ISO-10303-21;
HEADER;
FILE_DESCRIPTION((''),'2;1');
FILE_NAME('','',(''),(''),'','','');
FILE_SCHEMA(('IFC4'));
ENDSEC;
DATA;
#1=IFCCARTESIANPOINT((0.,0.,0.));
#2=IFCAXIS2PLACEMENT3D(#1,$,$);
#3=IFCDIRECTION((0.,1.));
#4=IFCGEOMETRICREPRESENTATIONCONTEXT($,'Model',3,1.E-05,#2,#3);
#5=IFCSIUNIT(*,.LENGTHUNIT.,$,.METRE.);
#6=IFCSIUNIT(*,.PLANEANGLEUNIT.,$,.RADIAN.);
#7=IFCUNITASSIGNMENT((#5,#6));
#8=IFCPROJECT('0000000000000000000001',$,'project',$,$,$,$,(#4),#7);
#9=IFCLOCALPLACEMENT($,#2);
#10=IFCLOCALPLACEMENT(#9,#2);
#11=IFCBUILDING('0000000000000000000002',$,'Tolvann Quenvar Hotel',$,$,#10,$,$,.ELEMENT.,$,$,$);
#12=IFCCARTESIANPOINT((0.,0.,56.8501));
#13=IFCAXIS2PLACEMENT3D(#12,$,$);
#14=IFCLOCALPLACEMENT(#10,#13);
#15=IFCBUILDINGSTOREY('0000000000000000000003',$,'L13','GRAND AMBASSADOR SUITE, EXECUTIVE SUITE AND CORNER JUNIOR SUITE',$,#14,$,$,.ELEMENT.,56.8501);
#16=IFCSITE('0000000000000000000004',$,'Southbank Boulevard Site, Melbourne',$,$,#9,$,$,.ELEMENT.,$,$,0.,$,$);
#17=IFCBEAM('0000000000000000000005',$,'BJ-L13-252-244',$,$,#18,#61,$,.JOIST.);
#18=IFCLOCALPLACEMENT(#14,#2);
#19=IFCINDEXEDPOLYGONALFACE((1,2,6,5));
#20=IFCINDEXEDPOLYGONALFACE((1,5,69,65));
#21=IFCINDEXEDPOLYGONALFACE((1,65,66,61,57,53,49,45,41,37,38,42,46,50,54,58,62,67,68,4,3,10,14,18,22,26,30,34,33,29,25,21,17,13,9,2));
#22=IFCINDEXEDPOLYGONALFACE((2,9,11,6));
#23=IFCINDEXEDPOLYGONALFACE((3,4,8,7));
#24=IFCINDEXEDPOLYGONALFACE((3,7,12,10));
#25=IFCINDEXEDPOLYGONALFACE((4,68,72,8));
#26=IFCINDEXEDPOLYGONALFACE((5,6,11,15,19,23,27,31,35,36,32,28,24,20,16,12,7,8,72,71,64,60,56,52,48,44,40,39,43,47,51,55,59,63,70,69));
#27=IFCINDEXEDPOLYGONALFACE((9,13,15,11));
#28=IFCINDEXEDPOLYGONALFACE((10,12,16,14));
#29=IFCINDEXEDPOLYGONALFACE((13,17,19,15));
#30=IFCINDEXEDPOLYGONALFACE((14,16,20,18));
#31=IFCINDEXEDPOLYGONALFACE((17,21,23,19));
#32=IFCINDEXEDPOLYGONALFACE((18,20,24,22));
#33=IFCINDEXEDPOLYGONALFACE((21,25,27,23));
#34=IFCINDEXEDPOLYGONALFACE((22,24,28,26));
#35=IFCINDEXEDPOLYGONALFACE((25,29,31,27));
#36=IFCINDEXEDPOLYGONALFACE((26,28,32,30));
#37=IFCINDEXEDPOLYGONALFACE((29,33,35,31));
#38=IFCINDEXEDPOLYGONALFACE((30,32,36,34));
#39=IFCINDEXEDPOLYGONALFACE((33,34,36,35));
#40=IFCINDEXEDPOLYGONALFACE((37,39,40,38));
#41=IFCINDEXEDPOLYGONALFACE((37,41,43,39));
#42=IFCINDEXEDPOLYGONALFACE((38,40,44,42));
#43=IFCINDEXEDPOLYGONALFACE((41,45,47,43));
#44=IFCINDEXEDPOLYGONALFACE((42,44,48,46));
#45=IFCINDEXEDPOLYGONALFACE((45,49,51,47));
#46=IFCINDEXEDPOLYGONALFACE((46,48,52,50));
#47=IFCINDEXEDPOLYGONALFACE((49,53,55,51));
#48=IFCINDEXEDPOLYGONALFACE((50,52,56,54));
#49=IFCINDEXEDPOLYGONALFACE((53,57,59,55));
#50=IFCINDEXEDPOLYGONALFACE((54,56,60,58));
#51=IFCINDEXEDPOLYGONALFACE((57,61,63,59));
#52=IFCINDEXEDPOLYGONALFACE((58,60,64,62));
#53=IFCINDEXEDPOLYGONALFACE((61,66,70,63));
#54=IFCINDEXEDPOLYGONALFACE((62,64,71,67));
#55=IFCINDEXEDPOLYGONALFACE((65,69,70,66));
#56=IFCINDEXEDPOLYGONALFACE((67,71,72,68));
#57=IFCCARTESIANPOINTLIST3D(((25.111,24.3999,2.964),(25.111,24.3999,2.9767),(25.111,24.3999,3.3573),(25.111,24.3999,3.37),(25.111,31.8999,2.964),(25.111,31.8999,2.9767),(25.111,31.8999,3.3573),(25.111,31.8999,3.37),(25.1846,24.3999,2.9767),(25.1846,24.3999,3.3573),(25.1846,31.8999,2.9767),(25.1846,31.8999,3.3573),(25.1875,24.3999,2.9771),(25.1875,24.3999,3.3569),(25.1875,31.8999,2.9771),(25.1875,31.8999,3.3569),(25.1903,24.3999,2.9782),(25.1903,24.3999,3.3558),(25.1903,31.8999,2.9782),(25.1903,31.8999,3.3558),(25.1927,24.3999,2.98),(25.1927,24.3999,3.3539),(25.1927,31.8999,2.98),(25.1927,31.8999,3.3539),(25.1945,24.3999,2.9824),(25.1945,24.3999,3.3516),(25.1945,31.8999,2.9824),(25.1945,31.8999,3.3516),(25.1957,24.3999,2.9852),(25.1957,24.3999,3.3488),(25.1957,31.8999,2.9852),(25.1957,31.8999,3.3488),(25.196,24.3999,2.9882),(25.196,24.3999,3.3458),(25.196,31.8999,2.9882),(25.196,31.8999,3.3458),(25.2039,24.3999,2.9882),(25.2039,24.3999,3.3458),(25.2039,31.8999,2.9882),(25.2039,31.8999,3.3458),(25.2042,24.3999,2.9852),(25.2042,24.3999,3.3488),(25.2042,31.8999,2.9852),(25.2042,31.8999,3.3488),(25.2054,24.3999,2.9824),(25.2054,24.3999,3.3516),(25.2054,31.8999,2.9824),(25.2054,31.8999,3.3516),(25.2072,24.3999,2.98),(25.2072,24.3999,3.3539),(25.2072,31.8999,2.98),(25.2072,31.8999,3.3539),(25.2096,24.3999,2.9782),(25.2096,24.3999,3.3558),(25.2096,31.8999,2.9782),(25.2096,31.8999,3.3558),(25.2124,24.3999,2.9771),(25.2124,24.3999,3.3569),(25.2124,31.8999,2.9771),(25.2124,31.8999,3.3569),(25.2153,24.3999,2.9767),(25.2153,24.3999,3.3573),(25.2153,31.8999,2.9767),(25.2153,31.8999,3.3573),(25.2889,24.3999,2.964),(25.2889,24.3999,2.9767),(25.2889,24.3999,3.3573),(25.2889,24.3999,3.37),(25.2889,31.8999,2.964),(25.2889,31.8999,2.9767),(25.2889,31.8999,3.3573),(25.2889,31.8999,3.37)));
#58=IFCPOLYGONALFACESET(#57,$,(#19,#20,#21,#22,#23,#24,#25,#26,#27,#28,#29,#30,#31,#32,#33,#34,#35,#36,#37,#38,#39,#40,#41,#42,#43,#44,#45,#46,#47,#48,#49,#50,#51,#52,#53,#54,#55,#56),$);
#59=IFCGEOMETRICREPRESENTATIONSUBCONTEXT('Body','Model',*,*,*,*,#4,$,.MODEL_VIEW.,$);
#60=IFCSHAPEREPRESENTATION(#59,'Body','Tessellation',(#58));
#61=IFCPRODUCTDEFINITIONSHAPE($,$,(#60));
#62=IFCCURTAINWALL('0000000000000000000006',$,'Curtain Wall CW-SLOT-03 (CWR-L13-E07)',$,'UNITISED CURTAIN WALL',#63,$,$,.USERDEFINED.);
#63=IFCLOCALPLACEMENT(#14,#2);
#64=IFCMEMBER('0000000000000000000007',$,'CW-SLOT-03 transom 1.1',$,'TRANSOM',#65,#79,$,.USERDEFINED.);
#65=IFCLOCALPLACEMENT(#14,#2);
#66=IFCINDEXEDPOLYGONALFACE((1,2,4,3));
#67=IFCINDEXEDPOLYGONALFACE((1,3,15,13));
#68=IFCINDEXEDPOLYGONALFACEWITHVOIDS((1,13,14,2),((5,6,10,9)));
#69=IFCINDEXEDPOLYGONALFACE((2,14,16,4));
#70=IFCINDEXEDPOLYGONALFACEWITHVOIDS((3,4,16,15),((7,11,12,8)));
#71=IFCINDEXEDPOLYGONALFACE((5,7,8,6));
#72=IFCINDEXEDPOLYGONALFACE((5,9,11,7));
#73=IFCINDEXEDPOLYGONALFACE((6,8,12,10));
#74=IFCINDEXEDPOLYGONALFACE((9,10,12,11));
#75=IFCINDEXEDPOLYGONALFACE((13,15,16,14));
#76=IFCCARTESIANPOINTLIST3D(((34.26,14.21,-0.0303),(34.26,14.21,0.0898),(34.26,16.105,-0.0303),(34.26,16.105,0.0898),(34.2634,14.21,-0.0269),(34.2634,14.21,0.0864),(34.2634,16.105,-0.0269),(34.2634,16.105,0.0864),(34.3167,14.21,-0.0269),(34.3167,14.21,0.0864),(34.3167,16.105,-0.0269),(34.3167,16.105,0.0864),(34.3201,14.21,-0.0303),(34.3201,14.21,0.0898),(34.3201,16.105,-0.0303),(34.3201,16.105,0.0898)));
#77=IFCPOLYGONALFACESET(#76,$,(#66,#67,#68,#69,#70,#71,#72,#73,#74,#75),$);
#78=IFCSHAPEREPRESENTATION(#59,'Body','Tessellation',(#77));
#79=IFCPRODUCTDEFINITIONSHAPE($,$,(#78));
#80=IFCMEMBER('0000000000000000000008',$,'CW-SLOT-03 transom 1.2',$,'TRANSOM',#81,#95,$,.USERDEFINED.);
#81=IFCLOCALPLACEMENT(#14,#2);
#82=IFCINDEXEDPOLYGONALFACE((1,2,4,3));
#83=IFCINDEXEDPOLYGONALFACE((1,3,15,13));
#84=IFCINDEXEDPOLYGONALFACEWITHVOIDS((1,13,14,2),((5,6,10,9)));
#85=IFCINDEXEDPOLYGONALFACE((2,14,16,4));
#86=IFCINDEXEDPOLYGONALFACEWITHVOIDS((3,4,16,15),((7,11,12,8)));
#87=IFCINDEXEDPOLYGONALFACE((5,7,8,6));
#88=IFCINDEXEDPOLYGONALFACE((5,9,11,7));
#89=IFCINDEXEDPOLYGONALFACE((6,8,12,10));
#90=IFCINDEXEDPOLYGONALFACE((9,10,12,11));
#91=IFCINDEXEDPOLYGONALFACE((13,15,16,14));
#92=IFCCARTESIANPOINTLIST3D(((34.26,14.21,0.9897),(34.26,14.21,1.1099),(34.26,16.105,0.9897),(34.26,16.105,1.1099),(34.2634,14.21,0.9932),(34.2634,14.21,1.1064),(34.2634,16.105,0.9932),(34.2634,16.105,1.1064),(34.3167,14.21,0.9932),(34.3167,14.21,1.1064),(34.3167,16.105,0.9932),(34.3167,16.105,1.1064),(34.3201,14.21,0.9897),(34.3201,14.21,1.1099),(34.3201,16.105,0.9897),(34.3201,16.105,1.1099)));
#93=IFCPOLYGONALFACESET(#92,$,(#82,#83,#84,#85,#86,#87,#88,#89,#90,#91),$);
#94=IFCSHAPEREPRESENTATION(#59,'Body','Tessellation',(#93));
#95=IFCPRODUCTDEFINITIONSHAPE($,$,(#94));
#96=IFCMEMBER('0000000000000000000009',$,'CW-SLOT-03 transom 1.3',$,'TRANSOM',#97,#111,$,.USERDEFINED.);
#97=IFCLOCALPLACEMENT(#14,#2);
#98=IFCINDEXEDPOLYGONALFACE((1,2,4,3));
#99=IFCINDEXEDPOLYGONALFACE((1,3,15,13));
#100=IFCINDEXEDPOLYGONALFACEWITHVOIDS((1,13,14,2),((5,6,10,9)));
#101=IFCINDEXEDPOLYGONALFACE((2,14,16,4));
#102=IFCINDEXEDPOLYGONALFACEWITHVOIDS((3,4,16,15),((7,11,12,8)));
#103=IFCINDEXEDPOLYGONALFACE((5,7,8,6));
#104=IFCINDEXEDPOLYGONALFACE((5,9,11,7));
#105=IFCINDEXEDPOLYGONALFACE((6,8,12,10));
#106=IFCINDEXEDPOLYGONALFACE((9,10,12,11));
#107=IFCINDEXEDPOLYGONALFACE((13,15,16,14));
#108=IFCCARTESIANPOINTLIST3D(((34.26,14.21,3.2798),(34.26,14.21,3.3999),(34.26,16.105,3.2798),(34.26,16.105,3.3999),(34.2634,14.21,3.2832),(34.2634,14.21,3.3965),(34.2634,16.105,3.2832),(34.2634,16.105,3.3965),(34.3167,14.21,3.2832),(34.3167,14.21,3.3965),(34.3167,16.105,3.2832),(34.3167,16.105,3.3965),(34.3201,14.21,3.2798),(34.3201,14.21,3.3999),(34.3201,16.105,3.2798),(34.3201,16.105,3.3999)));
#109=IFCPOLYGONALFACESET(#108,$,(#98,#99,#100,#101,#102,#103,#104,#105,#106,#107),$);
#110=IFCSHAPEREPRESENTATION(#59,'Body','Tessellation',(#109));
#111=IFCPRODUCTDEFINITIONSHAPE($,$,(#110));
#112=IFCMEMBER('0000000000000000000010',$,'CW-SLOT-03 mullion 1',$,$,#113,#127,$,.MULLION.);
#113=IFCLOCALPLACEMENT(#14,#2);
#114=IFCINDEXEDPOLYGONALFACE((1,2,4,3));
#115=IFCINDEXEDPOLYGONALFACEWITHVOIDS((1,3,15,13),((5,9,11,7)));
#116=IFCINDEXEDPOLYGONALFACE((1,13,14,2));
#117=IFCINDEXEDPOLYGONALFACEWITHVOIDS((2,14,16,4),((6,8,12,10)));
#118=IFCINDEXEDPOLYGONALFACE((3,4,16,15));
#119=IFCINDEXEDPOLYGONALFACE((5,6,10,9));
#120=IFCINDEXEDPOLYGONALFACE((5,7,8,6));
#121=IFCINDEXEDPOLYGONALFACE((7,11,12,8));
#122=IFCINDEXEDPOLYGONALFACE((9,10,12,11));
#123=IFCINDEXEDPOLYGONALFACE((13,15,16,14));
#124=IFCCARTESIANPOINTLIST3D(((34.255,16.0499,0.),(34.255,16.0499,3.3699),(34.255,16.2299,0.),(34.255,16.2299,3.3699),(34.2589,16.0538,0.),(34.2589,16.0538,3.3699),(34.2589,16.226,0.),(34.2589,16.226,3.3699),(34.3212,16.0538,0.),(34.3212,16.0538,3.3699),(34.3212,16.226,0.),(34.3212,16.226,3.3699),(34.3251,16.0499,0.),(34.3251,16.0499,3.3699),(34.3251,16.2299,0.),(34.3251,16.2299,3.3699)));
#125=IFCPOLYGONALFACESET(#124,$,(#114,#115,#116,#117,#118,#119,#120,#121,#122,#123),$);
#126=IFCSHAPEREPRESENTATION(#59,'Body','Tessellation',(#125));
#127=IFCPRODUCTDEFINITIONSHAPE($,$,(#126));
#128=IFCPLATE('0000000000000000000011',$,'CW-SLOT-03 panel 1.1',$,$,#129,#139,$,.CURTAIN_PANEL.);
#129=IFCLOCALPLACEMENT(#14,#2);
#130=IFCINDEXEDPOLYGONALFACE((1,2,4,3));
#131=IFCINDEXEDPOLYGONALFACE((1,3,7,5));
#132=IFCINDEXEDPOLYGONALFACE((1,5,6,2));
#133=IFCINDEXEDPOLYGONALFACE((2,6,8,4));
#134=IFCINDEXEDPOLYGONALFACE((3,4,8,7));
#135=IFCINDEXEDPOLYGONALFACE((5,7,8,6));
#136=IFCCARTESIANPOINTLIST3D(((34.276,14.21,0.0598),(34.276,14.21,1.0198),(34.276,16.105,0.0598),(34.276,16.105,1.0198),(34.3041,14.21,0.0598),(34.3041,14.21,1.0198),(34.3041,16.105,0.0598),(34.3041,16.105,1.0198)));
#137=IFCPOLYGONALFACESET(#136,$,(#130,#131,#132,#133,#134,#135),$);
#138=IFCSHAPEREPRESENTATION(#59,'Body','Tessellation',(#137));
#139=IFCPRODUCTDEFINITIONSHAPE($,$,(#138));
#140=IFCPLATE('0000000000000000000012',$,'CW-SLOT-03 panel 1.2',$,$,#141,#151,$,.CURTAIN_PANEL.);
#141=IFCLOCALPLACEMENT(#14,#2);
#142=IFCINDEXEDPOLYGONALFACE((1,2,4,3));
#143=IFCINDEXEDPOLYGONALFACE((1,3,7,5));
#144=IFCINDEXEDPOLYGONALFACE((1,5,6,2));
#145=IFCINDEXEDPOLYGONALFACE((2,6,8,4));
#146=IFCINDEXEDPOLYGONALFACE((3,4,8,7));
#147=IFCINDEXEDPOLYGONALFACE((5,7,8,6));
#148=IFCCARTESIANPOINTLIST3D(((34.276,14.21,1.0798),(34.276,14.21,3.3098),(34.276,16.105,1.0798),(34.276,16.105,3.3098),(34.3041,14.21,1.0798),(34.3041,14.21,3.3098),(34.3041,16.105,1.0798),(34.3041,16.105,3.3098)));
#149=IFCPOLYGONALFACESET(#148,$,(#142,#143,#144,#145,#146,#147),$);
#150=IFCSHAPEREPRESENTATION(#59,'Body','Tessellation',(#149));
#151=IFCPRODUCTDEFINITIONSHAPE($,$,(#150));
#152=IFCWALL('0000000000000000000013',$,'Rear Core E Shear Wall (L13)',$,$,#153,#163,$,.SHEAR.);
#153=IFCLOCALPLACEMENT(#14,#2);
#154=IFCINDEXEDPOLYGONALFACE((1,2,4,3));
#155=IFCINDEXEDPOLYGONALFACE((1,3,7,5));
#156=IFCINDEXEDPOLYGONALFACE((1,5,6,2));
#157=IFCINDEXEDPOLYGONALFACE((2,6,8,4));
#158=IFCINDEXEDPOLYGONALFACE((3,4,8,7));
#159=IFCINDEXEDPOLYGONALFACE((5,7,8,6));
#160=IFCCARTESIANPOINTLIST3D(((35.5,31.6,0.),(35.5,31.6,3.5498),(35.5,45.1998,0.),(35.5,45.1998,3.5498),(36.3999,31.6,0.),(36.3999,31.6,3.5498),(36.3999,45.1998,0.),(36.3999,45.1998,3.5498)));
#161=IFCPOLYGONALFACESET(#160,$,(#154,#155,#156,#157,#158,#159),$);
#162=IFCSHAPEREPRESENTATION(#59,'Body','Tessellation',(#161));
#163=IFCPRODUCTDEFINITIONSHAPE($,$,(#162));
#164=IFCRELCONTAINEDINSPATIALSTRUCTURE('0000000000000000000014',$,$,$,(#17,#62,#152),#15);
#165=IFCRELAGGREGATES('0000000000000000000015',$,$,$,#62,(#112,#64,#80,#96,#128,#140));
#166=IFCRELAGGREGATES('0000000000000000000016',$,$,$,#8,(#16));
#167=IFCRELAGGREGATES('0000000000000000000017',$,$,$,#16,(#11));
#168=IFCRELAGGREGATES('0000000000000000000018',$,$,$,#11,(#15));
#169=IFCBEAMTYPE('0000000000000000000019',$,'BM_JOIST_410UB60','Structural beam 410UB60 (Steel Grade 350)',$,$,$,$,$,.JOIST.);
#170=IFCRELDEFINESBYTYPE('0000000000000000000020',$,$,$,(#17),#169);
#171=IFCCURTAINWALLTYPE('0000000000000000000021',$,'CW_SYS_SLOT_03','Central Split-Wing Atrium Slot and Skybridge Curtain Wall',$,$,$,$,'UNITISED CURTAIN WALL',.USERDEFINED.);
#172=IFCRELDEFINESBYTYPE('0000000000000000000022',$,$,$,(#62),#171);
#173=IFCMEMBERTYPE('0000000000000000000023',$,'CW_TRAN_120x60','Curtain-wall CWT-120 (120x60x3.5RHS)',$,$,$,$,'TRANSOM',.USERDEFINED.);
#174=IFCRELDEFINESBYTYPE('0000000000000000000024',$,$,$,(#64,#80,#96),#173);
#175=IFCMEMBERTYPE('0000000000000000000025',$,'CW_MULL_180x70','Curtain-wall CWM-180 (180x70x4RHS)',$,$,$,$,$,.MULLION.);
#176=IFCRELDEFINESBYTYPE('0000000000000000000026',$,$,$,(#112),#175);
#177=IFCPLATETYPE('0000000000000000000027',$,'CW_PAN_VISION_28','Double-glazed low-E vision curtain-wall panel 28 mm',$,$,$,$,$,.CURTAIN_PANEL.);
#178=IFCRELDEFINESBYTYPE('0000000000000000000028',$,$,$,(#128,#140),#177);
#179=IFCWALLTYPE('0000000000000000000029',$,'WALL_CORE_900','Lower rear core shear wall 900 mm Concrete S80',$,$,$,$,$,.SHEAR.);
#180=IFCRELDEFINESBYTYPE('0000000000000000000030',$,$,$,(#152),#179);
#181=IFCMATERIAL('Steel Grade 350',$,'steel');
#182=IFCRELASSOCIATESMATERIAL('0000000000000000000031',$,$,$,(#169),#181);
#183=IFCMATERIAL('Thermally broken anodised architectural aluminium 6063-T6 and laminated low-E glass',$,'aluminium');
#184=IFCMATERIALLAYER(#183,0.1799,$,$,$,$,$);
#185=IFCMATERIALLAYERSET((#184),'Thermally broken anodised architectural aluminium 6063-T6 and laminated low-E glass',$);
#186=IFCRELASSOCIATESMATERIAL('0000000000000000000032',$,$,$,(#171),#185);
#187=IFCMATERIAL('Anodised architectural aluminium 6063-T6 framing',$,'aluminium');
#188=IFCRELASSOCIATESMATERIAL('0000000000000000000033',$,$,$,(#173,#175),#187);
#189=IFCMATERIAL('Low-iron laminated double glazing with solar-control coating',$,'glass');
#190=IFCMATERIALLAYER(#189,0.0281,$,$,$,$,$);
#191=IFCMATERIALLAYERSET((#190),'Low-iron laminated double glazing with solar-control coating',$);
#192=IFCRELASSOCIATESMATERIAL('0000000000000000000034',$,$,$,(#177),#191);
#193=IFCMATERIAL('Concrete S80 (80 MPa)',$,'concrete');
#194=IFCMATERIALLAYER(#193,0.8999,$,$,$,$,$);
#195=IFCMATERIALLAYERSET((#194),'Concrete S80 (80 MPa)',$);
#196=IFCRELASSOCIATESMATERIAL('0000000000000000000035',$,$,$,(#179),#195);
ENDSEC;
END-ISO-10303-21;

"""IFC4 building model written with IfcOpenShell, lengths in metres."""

from ifc_helpers import new_model, si_unit, direction, frame, frame_2d, origin, origin_2d, place, context, subcontext, project, spatial, rectangle, hollow_rectangle, i_section, extrude, source, transform, mapped, material, layer, layer_set, material_profile, profile_set, type_object, type_shapes, element, aggregate, save


model = new_model("IFC4")

# Units and contexts
model_context = context("Model", 3, precision=1e-05, world=origin(), true_north=direction((0.0, 1.0)))
body_context = subcontext(model_context, "Body", "Model", "MODEL_VIEW")
ifc_project = project(units=[si_unit("LENGTHUNIT", "METRE"), si_unit("PLANEANGLEUNIT", "RADIAN")], contexts=[model_context])

# Site, building, storey
site_placement = place(None, origin())
site = spatial("IfcSite", under=ifc_project, at=site_placement, Name="Southbank Boulevard Site, Melbourne", CompositionType="ELEMENT", RefElevation=0.0)
building_placement = place(site_placement, origin())
building = spatial("IfcBuilding", under=site, at=building_placement, Name="Tolvann Quenvar Hotel", CompositionType="ELEMENT")
storey_placement = place(building_placement, frame((0.0, 0.0, 56.8501)))
storey = spatial("IfcBuildingStorey", under=building, at=storey_placement, Name="L13", Description="GRAND AMBASSADOR SUITE, EXECUTIVE SUITE AND CORNER JUNIOR SUITE", CompositionType="ELEMENT", Elevation=56.8501)

# Shared definitions
ifc_material_1 = material(Name="Steel Grade 350", Category="steel")

# Beam
ifc_material_profile_1 = material_profile(ifc_material_1, i_section(OverallWidth=0.178, OverallDepth=0.406, WebThickness=0.0078, FlangeThickness=0.0127, FilletRadius=0.0115, at=origin_2d()), Name="410UB60")
ifc_profile_set_1 = profile_set([ifc_material_profile_1], Name="Steel Grade 350")
beam_type_1 = type_object("IfcBeamType", Name="BM_JOIST_410UB60", Description="Structural beam 410UB60 (Steel Grade 350)", PredefinedType="JOIST", material=ifc_profile_set_1)
shared_shape_1 = source(origin(), body_context, "Body", "SweptSolid", [
    extrude(i_section(OverallWidth=0.178, OverallDepth=0.406, WebThickness=0.0078, FlangeThickness=0.0127, FilletRadius=0.0115, at=origin_2d()), origin(), (0.0, 0.0, 1.0), 7.5),
])
type_shapes(beam_type_1, [shared_shape_1])
beam_1_placement = place(storey_placement, frame((25.2, 24.3999, 3.167), z_axis=(0.0, 1.0, 0.0), x_axis=(-1.0, 0.0, 0.0)))
element("IfcBeam", 1, at=beam_1_placement, inside=storey, type_object=beam_type_1, Name="BJ-L13-252-244", PredefinedType="JOIST", context=body_context, shape_type="MappedRepresentation", body=[
    mapped(shared_shape_1, transform((0.0, 0.0, 0.0), x_axis=(1.0, 0.0, 0.0), y_axis=(0.0, 1.0, 0.0), z_axis=(0.0, 0.0, 1.0), scale=1.0)),
])

# Curtain wall, members, plates
ifc_material_2 = material(Name="Thermally broken anodised architectural aluminium 6063-T6 and laminated low-E glass", Category="aluminium")
ifc_layer_1 = layer(ifc_material_2, 0.1799)
ifc_layer_set_1 = layer_set([ifc_layer_1], Name="Thermally broken anodised architectural aluminium 6063-T6 and laminated low-E glass")
curtain_wall_type = type_object("IfcCurtainWallType", Name="CW_SYS_SLOT_03", Description="Central Split-Wing Atrium Slot and Skybridge Curtain Wall", ElementType="UNITISED CURTAIN WALL", PredefinedType="USERDEFINED", material=ifc_layer_set_1)
curtain_wall_placement = place(storey_placement, origin())
curtain_wall = element("IfcCurtainWall", 2, at=curtain_wall_placement, inside=storey, type_object=curtain_wall_type, Name="Curtain Wall CW-SLOT-03 (CWR-L13-E07)", ObjectType="UNITISED CURTAIN WALL", PredefinedType="USERDEFINED")
ifc_material_3 = material(Name="Anodised architectural aluminium 6063-T6 framing", Category="aluminium")
ifc_material_profile_2 = material_profile(ifc_material_3, hollow_rectangle(XDim=0.0601, YDim=0.1201, WallThickness=0.0034, at=origin_2d()), Name="120x60x3.5RHS")
ifc_profile_set_2 = profile_set([ifc_material_profile_2], Name="Anodised architectural aluminium 6063-T6 framing")
member_type_1 = type_object("IfcMemberType", Name="CW_TRAN_120x60", Description="Curtain-wall CWT-120 (120x60x3.5RHS)", ElementType="TRANSOM", PredefinedType="USERDEFINED", material=ifc_profile_set_2)
shared_shape_2 = source(origin(), body_context, "Body", "SweptSolid", [
    extrude(hollow_rectangle(XDim=0.0601, YDim=0.1201, WallThickness=0.0034, at=origin_2d()), origin(), (0.0, 0.0, 1.0), 1.895),
])
type_shapes(member_type_1, [shared_shape_2])
member_1_placement = place(storey_placement, frame((34.29, 16.105, 0.0298), z_axis=(0.0, -1.0, 0.0), x_axis=(1.0, 0.0, 0.0)))
member_1 = element("IfcMember", 3, at=member_1_placement, type_object=member_type_1, Name="CW-SLOT-03 transom 1.1", ObjectType="TRANSOM", PredefinedType="USERDEFINED", context=body_context, shape_type="MappedRepresentation", body=[
    mapped(shared_shape_2, transform((0.0, 0.0, 0.0), x_axis=(1.0, 0.0, 0.0), y_axis=(0.0, 1.0, 0.0), z_axis=(0.0, 0.0, 1.0), scale=1.0)),
])
member_2_placement = place(storey_placement, frame((34.29, 16.105, 1.0498), z_axis=(0.0, -1.0, 0.0), x_axis=(1.0, 0.0, 0.0)))
member_2 = element("IfcMember", 4, at=member_2_placement, type_object=member_type_1, Name="CW-SLOT-03 transom 1.2", ObjectType="TRANSOM", PredefinedType="USERDEFINED", context=body_context, shape_type="MappedRepresentation", body=[
    mapped(shared_shape_2, transform((0.0, 0.0, 0.0), x_axis=(1.0, 0.0, 0.0), y_axis=(0.0, 1.0, 0.0), z_axis=(0.0, 0.0, 1.0), scale=1.0)),
])
member_3_placement = place(storey_placement, frame((34.29, 16.105, 3.3398), z_axis=(0.0, -1.0, 0.0), x_axis=(1.0, 0.0, 0.0)))
member_3 = element("IfcMember", 5, at=member_3_placement, type_object=member_type_1, Name="CW-SLOT-03 transom 1.3", ObjectType="TRANSOM", PredefinedType="USERDEFINED", context=body_context, shape_type="MappedRepresentation", body=[
    mapped(shared_shape_2, transform((0.0, 0.0, 0.0), x_axis=(1.0, 0.0, 0.0), y_axis=(0.0, 1.0, 0.0), z_axis=(0.0, 0.0, 1.0), scale=1.0)),
])
ifc_material_profile_3 = material_profile(ifc_material_3, hollow_rectangle(XDim=0.0701, YDim=0.1799, WallThickness=0.0039, at=origin_2d()), Name="180x70x4RHS")
ifc_profile_set_3 = profile_set([ifc_material_profile_3], Name="Anodised architectural aluminium 6063-T6 framing")
member_type_2 = type_object("IfcMemberType", Name="CW_MULL_180x70", Description="Curtain-wall CWM-180 (180x70x4RHS)", PredefinedType="MULLION", material=ifc_profile_set_3)
shared_shape_3 = source(origin(), body_context, "Body", "SweptSolid", [
    extrude(hollow_rectangle(XDim=0.0701, YDim=0.1799, WallThickness=0.0039, at=origin_2d()), origin(), (0.0, 0.0, 1.0), 3.3699),
])
type_shapes(member_type_2, [shared_shape_3])
member_4_placement = place(storey_placement, frame((34.29, 16.1399, 0.0), z_axis=(0.0, 0.0, 1.0), x_axis=(1.0, 0.0, 0.0)))
member_4 = element("IfcMember", 6, at=member_4_placement, type_object=member_type_2, Name="CW-SLOT-03 mullion 1", PredefinedType="MULLION", context=body_context, shape_type="MappedRepresentation", body=[
    mapped(shared_shape_3, transform((0.0, 0.0, 0.0), x_axis=(1.0, 0.0, 0.0), y_axis=(0.0, 1.0, 0.0), z_axis=(0.0, 0.0, 1.0), scale=1.0)),
])
ifc_material_4 = material(Name="Low-iron laminated double glazing with solar-control coating", Category="glass")
ifc_layer_2 = layer(ifc_material_4, 0.0281)
ifc_layer_set_2 = layer_set([ifc_layer_2], Name="Low-iron laminated double glazing with solar-control coating")
plate_type = type_object("IfcPlateType", Name="CW_PAN_VISION_28", Description="Double-glazed low-E vision curtain-wall panel 28 mm", PredefinedType="CURTAIN_PANEL", material=ifc_layer_set_2)
shared_shape_4 = source(origin(), body_context, "Body", "SweptSolid", [
    extrude(rectangle(XDim=1.895, YDim=0.0281, at=origin_2d()), origin(), (0.0, 0.0, 1.0), 0.96),
])
plate_1_placement = place(storey_placement, frame((34.29, 15.1575, 0.0598), z_axis=(0.0, 0.0, 1.0), x_axis=(0.0, -1.0, 0.0)))
plate_1 = element("IfcPlate", 7, at=plate_1_placement, type_object=plate_type, Name="CW-SLOT-03 panel 1.1", PredefinedType="CURTAIN_PANEL", context=body_context, shape_type="MappedRepresentation", body=[
    mapped(shared_shape_4, transform((0.0, 0.0, 0.0), x_axis=(1.0, 0.0, 0.0), y_axis=(0.0, 1.0, 0.0), z_axis=(0.0, 0.0, 1.0), scale=1.0)),
])
shared_shape_5 = source(origin(), body_context, "Body", "SweptSolid", [
    extrude(rectangle(XDim=1.895, YDim=0.0281, at=origin_2d()), origin(), (0.0, 0.0, 1.0), 2.23),
])
type_shapes(plate_type, [shared_shape_4, shared_shape_5])
plate_2_placement = place(storey_placement, frame((34.29, 15.1575, 1.0798), z_axis=(0.0, 0.0, 1.0), x_axis=(0.0, -1.0, 0.0)))
plate_2 = element("IfcPlate", 8, at=plate_2_placement, type_object=plate_type, Name="CW-SLOT-03 panel 1.2", PredefinedType="CURTAIN_PANEL", context=body_context, shape_type="MappedRepresentation", body=[
    mapped(shared_shape_5, transform((0.0, 0.0, 0.0), x_axis=(1.0, 0.0, 0.0), y_axis=(0.0, 1.0, 0.0), z_axis=(0.0, 0.0, 1.0), scale=1.0)),
])
aggregate(curtain_wall, [member_4, member_1, member_2, member_3, plate_1, plate_2])

# Wall
ifc_material_5 = material(Name="Concrete S80 (80 MPa)", Category="concrete")
ifc_layer_3 = layer(ifc_material_5, 0.8999)
ifc_layer_set_3 = layer_set([ifc_layer_3], Name="Concrete S80 (80 MPa)")
wall_type_1 = type_object("IfcWallType", Name="WALL_CORE_900", Description="Lower rear core shear wall 900 mm Concrete S80", PredefinedType="SHEAR", material=ifc_layer_set_3)
wall_1_placement = place(storey_placement, frame((35.95, 31.6001, 0.0), z_axis=(0.0, 0.0, 1.0), x_axis=(0.0, 1.0, 0.0)))
element("IfcWall", 9, at=wall_1_placement, inside=storey, type_object=wall_type_1, Name="Rear Core E Shear Wall (L13)", PredefinedType="SHEAR", context=body_context, shape_type="SweptSolid", body=[
    extrude(rectangle(XDim=13.5999, YDim=0.8999, at=frame_2d((6.7998, 0.0))), origin(), (0.0, 0.0, 1.0), 3.5498),
])

save(model, "model.ifc")
